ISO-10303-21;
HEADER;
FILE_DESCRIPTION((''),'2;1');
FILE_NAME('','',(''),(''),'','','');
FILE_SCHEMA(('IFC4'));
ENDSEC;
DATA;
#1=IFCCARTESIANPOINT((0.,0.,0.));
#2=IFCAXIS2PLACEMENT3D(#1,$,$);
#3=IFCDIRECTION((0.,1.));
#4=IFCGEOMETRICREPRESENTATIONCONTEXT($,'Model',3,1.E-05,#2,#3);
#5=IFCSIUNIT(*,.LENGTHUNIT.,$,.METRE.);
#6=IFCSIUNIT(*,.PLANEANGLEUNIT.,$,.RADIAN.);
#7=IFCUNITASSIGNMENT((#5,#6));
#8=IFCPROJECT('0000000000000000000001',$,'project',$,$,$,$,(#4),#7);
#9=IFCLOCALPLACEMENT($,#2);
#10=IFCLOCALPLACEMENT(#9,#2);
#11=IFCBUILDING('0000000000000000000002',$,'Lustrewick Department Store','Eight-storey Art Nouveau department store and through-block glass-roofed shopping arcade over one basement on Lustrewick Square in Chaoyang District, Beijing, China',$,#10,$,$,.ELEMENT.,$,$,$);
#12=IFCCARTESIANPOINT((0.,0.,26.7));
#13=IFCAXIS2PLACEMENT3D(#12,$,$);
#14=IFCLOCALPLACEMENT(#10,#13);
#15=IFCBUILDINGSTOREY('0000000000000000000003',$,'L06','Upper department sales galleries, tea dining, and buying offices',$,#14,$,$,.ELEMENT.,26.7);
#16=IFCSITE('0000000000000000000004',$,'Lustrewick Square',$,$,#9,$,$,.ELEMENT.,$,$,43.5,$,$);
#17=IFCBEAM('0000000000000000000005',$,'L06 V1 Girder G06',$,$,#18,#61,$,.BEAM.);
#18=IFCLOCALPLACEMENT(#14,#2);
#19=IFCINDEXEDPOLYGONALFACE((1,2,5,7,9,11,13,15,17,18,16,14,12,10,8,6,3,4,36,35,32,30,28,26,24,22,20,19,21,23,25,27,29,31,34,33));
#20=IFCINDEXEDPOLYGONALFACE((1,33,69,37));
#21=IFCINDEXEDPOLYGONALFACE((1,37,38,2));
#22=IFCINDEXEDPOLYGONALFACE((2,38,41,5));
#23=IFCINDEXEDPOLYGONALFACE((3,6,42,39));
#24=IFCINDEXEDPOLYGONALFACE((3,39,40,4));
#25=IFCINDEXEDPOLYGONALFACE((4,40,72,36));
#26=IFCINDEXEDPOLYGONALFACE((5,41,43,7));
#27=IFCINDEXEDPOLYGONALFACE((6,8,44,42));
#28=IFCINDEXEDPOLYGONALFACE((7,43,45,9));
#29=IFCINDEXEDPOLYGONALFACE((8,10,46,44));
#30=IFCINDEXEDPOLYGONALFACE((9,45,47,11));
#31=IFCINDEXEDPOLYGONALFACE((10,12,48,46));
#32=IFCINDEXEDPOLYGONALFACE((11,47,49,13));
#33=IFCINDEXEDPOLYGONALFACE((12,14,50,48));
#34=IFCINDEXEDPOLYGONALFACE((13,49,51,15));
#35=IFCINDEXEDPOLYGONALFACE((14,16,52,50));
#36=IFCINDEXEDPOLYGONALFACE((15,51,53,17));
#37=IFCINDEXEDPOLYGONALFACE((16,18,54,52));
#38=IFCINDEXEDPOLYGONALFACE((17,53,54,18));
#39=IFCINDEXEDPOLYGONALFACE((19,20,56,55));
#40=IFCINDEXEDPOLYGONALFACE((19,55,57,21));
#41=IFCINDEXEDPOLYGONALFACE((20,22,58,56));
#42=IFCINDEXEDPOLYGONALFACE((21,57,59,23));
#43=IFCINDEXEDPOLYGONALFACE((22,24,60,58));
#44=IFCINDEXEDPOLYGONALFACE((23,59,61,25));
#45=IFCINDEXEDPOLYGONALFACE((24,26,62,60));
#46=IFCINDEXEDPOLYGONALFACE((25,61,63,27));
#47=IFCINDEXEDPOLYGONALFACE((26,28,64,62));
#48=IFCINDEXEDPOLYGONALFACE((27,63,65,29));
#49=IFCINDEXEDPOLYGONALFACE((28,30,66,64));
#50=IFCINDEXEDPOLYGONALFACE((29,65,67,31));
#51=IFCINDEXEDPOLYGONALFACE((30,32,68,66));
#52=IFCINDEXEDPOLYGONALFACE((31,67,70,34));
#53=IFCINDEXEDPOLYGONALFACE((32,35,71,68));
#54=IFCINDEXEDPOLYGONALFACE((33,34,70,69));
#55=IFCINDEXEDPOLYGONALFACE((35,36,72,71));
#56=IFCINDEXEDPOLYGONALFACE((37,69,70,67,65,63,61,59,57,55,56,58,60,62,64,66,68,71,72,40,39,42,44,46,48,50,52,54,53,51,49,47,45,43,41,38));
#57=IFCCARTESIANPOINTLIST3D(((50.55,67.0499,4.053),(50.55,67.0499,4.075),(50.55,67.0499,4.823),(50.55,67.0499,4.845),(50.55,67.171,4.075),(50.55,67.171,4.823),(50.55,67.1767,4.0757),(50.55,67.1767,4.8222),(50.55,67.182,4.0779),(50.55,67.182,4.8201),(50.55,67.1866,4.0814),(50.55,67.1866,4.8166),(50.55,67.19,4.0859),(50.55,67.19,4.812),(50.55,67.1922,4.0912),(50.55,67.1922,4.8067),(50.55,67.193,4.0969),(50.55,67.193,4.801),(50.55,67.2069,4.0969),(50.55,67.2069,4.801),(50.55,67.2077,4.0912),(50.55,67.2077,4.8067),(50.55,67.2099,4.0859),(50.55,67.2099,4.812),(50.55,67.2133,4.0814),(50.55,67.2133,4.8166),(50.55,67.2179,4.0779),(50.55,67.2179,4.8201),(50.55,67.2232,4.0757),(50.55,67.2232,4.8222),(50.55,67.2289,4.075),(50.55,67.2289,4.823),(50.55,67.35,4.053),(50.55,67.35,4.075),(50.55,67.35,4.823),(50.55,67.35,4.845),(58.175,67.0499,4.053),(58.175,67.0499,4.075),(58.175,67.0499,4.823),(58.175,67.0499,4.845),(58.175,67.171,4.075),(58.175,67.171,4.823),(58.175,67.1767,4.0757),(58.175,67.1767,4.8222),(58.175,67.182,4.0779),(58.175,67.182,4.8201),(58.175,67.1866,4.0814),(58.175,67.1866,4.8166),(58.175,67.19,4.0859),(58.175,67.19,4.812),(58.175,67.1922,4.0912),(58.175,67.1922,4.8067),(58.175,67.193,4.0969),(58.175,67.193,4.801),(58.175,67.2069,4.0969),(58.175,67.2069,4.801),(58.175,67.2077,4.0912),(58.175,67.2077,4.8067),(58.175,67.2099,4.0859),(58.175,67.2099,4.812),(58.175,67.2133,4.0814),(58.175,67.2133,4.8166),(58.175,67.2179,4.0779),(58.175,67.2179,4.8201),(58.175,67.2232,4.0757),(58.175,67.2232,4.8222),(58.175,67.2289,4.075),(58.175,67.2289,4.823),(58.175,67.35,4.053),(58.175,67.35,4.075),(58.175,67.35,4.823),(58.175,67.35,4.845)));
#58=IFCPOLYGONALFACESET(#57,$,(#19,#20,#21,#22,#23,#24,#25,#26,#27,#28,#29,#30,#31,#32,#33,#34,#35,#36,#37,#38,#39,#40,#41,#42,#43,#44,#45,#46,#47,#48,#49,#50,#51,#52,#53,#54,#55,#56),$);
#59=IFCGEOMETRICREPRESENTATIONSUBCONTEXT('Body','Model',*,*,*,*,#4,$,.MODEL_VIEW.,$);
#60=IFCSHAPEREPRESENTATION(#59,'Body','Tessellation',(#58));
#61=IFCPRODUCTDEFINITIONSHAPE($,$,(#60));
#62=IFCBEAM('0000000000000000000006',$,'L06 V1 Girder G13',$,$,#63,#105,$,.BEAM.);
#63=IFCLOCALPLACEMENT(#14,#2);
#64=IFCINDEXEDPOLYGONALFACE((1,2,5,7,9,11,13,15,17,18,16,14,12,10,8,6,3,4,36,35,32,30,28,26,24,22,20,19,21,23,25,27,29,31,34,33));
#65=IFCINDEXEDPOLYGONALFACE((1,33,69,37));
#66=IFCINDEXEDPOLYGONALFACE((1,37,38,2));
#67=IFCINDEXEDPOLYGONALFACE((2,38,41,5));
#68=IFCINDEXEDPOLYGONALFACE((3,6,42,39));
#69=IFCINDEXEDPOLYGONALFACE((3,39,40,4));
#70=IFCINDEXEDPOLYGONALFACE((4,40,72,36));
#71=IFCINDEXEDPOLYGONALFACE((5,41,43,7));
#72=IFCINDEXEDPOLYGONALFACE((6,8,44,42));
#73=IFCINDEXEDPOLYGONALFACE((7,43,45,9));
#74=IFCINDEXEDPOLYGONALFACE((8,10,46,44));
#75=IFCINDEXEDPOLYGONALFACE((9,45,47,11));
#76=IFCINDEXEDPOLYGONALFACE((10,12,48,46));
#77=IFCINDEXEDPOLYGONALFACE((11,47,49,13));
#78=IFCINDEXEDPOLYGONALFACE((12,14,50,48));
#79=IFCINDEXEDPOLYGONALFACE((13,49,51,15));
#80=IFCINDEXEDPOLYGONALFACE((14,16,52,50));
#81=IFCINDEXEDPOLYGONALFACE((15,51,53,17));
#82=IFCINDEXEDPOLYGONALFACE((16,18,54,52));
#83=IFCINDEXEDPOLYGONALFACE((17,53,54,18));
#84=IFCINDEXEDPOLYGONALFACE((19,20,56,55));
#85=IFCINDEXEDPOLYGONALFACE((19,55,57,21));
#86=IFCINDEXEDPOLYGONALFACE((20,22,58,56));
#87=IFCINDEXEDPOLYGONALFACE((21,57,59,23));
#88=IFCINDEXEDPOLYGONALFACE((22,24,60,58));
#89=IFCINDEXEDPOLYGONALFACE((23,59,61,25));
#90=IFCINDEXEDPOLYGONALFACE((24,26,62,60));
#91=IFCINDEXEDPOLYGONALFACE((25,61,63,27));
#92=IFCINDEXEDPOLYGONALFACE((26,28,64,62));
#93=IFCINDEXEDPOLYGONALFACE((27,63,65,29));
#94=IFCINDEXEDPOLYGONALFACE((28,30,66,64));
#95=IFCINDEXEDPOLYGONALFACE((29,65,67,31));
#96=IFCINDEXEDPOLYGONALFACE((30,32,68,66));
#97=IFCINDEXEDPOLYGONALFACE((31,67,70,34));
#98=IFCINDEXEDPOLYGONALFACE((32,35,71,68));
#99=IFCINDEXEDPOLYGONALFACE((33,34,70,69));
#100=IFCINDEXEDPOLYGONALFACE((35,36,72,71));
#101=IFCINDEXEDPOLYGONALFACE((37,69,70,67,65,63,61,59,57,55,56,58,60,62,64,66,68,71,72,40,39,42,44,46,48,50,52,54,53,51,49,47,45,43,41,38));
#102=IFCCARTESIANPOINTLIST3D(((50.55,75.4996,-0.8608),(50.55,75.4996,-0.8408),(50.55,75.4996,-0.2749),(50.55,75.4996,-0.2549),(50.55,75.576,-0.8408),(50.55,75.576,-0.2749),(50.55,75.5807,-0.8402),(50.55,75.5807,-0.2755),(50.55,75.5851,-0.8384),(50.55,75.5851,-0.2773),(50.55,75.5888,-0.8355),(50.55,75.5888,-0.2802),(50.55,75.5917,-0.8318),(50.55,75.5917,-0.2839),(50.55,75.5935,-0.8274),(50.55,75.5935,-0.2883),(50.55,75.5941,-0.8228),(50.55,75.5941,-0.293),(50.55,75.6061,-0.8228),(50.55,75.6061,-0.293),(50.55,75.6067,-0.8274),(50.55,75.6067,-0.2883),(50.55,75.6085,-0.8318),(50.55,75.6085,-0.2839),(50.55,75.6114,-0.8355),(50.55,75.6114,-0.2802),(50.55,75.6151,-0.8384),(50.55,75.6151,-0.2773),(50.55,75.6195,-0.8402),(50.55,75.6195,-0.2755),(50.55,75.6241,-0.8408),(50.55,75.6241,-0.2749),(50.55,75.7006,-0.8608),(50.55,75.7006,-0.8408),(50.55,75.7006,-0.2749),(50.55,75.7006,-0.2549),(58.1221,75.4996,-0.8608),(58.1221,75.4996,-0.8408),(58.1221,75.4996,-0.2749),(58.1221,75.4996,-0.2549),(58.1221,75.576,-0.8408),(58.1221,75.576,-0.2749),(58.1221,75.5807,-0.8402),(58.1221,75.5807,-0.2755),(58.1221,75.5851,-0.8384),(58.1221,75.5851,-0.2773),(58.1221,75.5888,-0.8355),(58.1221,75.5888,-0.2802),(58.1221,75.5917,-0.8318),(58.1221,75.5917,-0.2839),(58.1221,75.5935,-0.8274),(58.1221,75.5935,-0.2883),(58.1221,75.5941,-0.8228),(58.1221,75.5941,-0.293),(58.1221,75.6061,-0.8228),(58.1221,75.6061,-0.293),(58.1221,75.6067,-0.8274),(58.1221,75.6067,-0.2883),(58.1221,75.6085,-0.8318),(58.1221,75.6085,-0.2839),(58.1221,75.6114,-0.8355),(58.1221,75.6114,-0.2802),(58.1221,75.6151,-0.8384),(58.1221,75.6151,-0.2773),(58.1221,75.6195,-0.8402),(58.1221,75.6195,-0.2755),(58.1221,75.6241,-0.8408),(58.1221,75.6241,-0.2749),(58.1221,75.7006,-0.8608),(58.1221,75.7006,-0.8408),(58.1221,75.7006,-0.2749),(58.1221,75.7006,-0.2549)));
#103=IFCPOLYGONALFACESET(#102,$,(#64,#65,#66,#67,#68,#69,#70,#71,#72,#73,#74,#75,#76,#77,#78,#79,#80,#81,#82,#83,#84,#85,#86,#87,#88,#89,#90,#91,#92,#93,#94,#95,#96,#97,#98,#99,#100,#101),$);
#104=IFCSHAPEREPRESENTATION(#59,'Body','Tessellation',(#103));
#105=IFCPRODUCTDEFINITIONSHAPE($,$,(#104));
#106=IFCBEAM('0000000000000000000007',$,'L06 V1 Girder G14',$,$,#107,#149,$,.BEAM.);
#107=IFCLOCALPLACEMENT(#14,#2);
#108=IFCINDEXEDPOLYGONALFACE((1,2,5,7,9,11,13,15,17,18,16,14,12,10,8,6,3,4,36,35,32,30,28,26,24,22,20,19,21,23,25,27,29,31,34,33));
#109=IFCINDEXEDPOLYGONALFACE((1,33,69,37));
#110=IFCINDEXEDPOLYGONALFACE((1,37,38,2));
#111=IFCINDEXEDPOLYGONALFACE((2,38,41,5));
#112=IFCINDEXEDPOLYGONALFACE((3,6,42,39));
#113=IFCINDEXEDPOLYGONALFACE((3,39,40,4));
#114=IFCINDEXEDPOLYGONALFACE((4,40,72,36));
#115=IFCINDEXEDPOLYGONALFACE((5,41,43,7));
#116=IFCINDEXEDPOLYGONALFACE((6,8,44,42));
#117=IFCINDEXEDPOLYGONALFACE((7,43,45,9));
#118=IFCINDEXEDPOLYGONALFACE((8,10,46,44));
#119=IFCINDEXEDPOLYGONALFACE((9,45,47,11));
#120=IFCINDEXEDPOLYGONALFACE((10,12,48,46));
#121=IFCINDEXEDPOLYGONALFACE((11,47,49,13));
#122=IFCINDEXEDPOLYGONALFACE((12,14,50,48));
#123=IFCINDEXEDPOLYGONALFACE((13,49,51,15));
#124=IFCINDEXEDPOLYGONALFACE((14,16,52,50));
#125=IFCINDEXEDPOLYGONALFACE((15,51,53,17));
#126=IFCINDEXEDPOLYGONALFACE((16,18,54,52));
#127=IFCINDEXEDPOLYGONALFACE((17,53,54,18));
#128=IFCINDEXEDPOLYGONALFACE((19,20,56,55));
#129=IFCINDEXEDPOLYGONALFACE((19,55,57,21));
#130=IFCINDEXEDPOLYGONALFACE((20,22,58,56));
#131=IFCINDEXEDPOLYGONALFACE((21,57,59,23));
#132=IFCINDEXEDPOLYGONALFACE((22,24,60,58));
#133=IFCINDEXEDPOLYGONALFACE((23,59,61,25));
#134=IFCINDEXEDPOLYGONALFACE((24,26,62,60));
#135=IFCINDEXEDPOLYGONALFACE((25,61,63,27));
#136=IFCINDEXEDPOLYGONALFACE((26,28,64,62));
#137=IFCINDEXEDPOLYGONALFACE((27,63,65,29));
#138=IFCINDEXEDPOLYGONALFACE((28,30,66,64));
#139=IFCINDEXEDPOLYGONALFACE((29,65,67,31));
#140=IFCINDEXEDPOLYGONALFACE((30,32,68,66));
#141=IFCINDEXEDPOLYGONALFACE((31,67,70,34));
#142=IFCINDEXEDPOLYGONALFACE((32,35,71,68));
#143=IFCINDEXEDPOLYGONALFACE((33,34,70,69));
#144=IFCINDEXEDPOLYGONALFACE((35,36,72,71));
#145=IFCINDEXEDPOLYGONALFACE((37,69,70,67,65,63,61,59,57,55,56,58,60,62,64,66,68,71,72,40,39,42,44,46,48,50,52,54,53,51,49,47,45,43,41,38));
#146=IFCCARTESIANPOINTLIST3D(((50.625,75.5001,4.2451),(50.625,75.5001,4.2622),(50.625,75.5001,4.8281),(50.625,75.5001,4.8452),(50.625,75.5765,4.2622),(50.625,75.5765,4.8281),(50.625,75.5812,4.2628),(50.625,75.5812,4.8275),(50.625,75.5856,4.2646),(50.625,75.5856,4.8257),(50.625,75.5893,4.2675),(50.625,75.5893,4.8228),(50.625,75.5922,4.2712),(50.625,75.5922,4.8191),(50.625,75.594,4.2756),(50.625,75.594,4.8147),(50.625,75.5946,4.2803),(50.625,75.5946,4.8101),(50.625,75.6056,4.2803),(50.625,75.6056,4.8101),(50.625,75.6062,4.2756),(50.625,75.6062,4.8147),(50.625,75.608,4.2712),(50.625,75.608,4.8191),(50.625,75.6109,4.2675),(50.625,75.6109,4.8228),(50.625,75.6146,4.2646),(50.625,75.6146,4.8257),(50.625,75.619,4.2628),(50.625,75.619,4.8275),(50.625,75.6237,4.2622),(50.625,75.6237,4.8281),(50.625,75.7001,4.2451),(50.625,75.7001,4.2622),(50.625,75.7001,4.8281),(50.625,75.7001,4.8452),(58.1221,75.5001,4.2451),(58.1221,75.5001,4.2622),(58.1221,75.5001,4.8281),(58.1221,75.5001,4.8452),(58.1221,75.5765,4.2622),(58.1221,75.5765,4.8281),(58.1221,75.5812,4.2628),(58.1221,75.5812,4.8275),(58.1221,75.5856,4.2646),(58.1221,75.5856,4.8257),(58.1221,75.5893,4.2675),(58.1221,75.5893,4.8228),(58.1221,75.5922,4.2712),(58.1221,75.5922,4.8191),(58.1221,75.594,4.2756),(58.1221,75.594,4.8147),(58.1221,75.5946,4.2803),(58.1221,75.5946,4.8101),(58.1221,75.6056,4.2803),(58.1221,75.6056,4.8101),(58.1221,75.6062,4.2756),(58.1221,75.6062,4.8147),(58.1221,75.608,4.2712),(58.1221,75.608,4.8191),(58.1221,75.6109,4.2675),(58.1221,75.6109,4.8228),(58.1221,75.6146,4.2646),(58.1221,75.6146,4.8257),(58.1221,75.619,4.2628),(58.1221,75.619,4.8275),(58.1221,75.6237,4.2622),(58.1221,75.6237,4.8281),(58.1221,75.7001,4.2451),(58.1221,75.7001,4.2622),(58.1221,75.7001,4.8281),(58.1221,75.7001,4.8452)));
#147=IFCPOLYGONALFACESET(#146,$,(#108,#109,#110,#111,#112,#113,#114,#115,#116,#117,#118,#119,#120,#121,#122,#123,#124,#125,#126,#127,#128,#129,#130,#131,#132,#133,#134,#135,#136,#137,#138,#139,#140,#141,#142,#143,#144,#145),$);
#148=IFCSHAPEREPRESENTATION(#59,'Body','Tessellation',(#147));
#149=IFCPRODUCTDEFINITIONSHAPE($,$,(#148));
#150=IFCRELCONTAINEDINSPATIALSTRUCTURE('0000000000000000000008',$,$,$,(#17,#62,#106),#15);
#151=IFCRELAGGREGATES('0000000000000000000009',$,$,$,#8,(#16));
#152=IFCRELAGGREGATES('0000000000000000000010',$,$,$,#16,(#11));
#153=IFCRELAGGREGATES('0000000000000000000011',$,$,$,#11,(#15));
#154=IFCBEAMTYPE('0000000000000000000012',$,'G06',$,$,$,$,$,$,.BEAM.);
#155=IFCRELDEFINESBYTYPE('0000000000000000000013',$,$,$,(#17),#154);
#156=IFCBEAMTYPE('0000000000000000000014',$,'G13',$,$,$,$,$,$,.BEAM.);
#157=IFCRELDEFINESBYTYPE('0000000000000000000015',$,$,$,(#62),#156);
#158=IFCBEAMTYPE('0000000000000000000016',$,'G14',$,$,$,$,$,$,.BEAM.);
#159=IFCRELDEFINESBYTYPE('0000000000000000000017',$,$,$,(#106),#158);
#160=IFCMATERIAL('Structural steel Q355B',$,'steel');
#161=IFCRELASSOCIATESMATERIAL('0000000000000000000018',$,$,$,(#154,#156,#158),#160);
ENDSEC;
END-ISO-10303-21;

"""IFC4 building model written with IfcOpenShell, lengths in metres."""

from ifc_helpers import new_model, si_unit, direction, frame, origin, origin_2d, place, context, subcontext, project, spatial, i_section, extrude, material, material_profile, profile_set, type_object, element, save


model = new_model("IFC4")

# Units and contexts
model_context = context("Model", 3, precision=1e-05, world=origin(), true_north=direction((0.0, 1.0)))
body_context = subcontext(model_context, "Body", "Model", "MODEL_VIEW")
ifc_project = project(units=[si_unit("LENGTHUNIT", "METRE"), si_unit("PLANEANGLEUNIT", "RADIAN")], contexts=[model_context])

# Site, building, storey
site_placement = place(None, origin())
site = spatial("IfcSite", under=ifc_project, at=site_placement, Name="Lustrewick Square", CompositionType="ELEMENT", RefElevation=43.5)
building_placement = place(site_placement, origin())
building = spatial("IfcBuilding", under=site, at=building_placement, Name="Lustrewick Department Store", Description="Eight-storey Art Nouveau department store and through-block glass-roofed shopping arcade over one basement on Lustrewick Square in Chaoyang District, Beijing, China", CompositionType="ELEMENT")
storey_placement = place(building_placement, frame((0.0, 0.0, 26.7)))
storey = spatial("IfcBuildingStorey", under=building, at=storey_placement, Name="L06", Description="Upper department sales galleries, tea dining, and buying offices", CompositionType="ELEMENT", Elevation=26.7)

# Shared definitions
ifc_material_1 = material(Name="Structural steel Q355B", Category="steel")

# Beams
ifc_material_profile_1 = material_profile(ifc_material_1, i_section(OverallWidth=0.3, OverallDepth=0.792, WebThickness=0.0139, FlangeThickness=0.022, FilletRadius=0.022, at=origin_2d()), Name="HN 792x300x14x22")
ifc_profile_set_1 = profile_set([ifc_material_profile_1], Name="Structural steel Q355B")
beam_type_1 = type_object("IfcBeamType", Name="G06", PredefinedType="BEAM", material=ifc_profile_set_1)
beam_1_placement = place(storey_placement, frame((50.55, 67.2, 4.449), z_axis=(1.0, 0.0, 0.0), x_axis=(0.0, 1.0, 0.0)))
element("IfcBeam", 1, at=beam_1_placement, inside=storey, type_object=beam_type_1, Name="L06 V1 Girder G06", PredefinedType="BEAM", context=body_context, shape_type="SweptSolid", body=[
    extrude(i_section(OverallWidth=0.3, OverallDepth=0.792, WebThickness=0.0139, FlangeThickness=0.022, FilletRadius=0.022, at=origin_2d()), origin(), (0.0, 0.0, 1.0), 7.625),
])
ifc_material_profile_2 = material_profile(ifc_material_1, i_section(OverallWidth=0.2009, OverallDepth=0.606, WebThickness=0.012, FlangeThickness=0.02, FilletRadius=0.0181, at=origin_2d()), Name="HN 606x201x12x20")
ifc_profile_set_2 = profile_set([ifc_material_profile_2], Name="Structural steel Q355B")
beam_type_2 = type_object("IfcBeamType", Name="G13", PredefinedType="BEAM", material=ifc_profile_set_2)
beam_2_placement = place(storey_placement, frame((50.55, 75.6001, -0.5579), z_axis=(1.0, 0.0, 0.0), x_axis=(0.0, 1.0, 0.0)))
element("IfcBeam", 2, at=beam_2_placement, inside=storey, type_object=beam_type_2, Name="L06 V1 Girder G13", PredefinedType="BEAM", context=body_context, shape_type="SweptSolid", body=[
    extrude(i_section(OverallWidth=0.2009, OverallDepth=0.606, WebThickness=0.012, FlangeThickness=0.02, FilletRadius=0.0181, at=origin_2d()), origin(), (0.0, 0.0, 1.0), 7.572),
])
ifc_material_profile_3 = material_profile(ifc_material_1, i_section(OverallWidth=0.2, OverallDepth=0.6001, WebThickness=0.011, FlangeThickness=0.0171, FilletRadius=0.0181, at=origin_2d()), Name="HN 600x200x11x17")
ifc_profile_set_3 = profile_set([ifc_material_profile_3], Name="Structural steel Q355B")
beam_type_3 = type_object("IfcBeamType", Name="G14", PredefinedType="BEAM", material=ifc_profile_set_3)
beam_3_placement = place(storey_placement, frame((50.625, 75.6001, 4.5452), z_axis=(1.0, 0.0, 0.0), x_axis=(0.0, 1.0, 0.0)))
element("IfcBeam", 3, at=beam_3_placement, inside=storey, type_object=beam_type_3, Name="L06 V1 Girder G14", PredefinedType="BEAM", context=body_context, shape_type="SweptSolid", body=[
    extrude(i_section(OverallWidth=0.2, OverallDepth=0.6001, WebThickness=0.011, FlangeThickness=0.0171, FilletRadius=0.0181, at=origin_2d()), origin(), (0.0, 0.0, 1.0), 7.4971),
])

save(model, "model.ifc")
